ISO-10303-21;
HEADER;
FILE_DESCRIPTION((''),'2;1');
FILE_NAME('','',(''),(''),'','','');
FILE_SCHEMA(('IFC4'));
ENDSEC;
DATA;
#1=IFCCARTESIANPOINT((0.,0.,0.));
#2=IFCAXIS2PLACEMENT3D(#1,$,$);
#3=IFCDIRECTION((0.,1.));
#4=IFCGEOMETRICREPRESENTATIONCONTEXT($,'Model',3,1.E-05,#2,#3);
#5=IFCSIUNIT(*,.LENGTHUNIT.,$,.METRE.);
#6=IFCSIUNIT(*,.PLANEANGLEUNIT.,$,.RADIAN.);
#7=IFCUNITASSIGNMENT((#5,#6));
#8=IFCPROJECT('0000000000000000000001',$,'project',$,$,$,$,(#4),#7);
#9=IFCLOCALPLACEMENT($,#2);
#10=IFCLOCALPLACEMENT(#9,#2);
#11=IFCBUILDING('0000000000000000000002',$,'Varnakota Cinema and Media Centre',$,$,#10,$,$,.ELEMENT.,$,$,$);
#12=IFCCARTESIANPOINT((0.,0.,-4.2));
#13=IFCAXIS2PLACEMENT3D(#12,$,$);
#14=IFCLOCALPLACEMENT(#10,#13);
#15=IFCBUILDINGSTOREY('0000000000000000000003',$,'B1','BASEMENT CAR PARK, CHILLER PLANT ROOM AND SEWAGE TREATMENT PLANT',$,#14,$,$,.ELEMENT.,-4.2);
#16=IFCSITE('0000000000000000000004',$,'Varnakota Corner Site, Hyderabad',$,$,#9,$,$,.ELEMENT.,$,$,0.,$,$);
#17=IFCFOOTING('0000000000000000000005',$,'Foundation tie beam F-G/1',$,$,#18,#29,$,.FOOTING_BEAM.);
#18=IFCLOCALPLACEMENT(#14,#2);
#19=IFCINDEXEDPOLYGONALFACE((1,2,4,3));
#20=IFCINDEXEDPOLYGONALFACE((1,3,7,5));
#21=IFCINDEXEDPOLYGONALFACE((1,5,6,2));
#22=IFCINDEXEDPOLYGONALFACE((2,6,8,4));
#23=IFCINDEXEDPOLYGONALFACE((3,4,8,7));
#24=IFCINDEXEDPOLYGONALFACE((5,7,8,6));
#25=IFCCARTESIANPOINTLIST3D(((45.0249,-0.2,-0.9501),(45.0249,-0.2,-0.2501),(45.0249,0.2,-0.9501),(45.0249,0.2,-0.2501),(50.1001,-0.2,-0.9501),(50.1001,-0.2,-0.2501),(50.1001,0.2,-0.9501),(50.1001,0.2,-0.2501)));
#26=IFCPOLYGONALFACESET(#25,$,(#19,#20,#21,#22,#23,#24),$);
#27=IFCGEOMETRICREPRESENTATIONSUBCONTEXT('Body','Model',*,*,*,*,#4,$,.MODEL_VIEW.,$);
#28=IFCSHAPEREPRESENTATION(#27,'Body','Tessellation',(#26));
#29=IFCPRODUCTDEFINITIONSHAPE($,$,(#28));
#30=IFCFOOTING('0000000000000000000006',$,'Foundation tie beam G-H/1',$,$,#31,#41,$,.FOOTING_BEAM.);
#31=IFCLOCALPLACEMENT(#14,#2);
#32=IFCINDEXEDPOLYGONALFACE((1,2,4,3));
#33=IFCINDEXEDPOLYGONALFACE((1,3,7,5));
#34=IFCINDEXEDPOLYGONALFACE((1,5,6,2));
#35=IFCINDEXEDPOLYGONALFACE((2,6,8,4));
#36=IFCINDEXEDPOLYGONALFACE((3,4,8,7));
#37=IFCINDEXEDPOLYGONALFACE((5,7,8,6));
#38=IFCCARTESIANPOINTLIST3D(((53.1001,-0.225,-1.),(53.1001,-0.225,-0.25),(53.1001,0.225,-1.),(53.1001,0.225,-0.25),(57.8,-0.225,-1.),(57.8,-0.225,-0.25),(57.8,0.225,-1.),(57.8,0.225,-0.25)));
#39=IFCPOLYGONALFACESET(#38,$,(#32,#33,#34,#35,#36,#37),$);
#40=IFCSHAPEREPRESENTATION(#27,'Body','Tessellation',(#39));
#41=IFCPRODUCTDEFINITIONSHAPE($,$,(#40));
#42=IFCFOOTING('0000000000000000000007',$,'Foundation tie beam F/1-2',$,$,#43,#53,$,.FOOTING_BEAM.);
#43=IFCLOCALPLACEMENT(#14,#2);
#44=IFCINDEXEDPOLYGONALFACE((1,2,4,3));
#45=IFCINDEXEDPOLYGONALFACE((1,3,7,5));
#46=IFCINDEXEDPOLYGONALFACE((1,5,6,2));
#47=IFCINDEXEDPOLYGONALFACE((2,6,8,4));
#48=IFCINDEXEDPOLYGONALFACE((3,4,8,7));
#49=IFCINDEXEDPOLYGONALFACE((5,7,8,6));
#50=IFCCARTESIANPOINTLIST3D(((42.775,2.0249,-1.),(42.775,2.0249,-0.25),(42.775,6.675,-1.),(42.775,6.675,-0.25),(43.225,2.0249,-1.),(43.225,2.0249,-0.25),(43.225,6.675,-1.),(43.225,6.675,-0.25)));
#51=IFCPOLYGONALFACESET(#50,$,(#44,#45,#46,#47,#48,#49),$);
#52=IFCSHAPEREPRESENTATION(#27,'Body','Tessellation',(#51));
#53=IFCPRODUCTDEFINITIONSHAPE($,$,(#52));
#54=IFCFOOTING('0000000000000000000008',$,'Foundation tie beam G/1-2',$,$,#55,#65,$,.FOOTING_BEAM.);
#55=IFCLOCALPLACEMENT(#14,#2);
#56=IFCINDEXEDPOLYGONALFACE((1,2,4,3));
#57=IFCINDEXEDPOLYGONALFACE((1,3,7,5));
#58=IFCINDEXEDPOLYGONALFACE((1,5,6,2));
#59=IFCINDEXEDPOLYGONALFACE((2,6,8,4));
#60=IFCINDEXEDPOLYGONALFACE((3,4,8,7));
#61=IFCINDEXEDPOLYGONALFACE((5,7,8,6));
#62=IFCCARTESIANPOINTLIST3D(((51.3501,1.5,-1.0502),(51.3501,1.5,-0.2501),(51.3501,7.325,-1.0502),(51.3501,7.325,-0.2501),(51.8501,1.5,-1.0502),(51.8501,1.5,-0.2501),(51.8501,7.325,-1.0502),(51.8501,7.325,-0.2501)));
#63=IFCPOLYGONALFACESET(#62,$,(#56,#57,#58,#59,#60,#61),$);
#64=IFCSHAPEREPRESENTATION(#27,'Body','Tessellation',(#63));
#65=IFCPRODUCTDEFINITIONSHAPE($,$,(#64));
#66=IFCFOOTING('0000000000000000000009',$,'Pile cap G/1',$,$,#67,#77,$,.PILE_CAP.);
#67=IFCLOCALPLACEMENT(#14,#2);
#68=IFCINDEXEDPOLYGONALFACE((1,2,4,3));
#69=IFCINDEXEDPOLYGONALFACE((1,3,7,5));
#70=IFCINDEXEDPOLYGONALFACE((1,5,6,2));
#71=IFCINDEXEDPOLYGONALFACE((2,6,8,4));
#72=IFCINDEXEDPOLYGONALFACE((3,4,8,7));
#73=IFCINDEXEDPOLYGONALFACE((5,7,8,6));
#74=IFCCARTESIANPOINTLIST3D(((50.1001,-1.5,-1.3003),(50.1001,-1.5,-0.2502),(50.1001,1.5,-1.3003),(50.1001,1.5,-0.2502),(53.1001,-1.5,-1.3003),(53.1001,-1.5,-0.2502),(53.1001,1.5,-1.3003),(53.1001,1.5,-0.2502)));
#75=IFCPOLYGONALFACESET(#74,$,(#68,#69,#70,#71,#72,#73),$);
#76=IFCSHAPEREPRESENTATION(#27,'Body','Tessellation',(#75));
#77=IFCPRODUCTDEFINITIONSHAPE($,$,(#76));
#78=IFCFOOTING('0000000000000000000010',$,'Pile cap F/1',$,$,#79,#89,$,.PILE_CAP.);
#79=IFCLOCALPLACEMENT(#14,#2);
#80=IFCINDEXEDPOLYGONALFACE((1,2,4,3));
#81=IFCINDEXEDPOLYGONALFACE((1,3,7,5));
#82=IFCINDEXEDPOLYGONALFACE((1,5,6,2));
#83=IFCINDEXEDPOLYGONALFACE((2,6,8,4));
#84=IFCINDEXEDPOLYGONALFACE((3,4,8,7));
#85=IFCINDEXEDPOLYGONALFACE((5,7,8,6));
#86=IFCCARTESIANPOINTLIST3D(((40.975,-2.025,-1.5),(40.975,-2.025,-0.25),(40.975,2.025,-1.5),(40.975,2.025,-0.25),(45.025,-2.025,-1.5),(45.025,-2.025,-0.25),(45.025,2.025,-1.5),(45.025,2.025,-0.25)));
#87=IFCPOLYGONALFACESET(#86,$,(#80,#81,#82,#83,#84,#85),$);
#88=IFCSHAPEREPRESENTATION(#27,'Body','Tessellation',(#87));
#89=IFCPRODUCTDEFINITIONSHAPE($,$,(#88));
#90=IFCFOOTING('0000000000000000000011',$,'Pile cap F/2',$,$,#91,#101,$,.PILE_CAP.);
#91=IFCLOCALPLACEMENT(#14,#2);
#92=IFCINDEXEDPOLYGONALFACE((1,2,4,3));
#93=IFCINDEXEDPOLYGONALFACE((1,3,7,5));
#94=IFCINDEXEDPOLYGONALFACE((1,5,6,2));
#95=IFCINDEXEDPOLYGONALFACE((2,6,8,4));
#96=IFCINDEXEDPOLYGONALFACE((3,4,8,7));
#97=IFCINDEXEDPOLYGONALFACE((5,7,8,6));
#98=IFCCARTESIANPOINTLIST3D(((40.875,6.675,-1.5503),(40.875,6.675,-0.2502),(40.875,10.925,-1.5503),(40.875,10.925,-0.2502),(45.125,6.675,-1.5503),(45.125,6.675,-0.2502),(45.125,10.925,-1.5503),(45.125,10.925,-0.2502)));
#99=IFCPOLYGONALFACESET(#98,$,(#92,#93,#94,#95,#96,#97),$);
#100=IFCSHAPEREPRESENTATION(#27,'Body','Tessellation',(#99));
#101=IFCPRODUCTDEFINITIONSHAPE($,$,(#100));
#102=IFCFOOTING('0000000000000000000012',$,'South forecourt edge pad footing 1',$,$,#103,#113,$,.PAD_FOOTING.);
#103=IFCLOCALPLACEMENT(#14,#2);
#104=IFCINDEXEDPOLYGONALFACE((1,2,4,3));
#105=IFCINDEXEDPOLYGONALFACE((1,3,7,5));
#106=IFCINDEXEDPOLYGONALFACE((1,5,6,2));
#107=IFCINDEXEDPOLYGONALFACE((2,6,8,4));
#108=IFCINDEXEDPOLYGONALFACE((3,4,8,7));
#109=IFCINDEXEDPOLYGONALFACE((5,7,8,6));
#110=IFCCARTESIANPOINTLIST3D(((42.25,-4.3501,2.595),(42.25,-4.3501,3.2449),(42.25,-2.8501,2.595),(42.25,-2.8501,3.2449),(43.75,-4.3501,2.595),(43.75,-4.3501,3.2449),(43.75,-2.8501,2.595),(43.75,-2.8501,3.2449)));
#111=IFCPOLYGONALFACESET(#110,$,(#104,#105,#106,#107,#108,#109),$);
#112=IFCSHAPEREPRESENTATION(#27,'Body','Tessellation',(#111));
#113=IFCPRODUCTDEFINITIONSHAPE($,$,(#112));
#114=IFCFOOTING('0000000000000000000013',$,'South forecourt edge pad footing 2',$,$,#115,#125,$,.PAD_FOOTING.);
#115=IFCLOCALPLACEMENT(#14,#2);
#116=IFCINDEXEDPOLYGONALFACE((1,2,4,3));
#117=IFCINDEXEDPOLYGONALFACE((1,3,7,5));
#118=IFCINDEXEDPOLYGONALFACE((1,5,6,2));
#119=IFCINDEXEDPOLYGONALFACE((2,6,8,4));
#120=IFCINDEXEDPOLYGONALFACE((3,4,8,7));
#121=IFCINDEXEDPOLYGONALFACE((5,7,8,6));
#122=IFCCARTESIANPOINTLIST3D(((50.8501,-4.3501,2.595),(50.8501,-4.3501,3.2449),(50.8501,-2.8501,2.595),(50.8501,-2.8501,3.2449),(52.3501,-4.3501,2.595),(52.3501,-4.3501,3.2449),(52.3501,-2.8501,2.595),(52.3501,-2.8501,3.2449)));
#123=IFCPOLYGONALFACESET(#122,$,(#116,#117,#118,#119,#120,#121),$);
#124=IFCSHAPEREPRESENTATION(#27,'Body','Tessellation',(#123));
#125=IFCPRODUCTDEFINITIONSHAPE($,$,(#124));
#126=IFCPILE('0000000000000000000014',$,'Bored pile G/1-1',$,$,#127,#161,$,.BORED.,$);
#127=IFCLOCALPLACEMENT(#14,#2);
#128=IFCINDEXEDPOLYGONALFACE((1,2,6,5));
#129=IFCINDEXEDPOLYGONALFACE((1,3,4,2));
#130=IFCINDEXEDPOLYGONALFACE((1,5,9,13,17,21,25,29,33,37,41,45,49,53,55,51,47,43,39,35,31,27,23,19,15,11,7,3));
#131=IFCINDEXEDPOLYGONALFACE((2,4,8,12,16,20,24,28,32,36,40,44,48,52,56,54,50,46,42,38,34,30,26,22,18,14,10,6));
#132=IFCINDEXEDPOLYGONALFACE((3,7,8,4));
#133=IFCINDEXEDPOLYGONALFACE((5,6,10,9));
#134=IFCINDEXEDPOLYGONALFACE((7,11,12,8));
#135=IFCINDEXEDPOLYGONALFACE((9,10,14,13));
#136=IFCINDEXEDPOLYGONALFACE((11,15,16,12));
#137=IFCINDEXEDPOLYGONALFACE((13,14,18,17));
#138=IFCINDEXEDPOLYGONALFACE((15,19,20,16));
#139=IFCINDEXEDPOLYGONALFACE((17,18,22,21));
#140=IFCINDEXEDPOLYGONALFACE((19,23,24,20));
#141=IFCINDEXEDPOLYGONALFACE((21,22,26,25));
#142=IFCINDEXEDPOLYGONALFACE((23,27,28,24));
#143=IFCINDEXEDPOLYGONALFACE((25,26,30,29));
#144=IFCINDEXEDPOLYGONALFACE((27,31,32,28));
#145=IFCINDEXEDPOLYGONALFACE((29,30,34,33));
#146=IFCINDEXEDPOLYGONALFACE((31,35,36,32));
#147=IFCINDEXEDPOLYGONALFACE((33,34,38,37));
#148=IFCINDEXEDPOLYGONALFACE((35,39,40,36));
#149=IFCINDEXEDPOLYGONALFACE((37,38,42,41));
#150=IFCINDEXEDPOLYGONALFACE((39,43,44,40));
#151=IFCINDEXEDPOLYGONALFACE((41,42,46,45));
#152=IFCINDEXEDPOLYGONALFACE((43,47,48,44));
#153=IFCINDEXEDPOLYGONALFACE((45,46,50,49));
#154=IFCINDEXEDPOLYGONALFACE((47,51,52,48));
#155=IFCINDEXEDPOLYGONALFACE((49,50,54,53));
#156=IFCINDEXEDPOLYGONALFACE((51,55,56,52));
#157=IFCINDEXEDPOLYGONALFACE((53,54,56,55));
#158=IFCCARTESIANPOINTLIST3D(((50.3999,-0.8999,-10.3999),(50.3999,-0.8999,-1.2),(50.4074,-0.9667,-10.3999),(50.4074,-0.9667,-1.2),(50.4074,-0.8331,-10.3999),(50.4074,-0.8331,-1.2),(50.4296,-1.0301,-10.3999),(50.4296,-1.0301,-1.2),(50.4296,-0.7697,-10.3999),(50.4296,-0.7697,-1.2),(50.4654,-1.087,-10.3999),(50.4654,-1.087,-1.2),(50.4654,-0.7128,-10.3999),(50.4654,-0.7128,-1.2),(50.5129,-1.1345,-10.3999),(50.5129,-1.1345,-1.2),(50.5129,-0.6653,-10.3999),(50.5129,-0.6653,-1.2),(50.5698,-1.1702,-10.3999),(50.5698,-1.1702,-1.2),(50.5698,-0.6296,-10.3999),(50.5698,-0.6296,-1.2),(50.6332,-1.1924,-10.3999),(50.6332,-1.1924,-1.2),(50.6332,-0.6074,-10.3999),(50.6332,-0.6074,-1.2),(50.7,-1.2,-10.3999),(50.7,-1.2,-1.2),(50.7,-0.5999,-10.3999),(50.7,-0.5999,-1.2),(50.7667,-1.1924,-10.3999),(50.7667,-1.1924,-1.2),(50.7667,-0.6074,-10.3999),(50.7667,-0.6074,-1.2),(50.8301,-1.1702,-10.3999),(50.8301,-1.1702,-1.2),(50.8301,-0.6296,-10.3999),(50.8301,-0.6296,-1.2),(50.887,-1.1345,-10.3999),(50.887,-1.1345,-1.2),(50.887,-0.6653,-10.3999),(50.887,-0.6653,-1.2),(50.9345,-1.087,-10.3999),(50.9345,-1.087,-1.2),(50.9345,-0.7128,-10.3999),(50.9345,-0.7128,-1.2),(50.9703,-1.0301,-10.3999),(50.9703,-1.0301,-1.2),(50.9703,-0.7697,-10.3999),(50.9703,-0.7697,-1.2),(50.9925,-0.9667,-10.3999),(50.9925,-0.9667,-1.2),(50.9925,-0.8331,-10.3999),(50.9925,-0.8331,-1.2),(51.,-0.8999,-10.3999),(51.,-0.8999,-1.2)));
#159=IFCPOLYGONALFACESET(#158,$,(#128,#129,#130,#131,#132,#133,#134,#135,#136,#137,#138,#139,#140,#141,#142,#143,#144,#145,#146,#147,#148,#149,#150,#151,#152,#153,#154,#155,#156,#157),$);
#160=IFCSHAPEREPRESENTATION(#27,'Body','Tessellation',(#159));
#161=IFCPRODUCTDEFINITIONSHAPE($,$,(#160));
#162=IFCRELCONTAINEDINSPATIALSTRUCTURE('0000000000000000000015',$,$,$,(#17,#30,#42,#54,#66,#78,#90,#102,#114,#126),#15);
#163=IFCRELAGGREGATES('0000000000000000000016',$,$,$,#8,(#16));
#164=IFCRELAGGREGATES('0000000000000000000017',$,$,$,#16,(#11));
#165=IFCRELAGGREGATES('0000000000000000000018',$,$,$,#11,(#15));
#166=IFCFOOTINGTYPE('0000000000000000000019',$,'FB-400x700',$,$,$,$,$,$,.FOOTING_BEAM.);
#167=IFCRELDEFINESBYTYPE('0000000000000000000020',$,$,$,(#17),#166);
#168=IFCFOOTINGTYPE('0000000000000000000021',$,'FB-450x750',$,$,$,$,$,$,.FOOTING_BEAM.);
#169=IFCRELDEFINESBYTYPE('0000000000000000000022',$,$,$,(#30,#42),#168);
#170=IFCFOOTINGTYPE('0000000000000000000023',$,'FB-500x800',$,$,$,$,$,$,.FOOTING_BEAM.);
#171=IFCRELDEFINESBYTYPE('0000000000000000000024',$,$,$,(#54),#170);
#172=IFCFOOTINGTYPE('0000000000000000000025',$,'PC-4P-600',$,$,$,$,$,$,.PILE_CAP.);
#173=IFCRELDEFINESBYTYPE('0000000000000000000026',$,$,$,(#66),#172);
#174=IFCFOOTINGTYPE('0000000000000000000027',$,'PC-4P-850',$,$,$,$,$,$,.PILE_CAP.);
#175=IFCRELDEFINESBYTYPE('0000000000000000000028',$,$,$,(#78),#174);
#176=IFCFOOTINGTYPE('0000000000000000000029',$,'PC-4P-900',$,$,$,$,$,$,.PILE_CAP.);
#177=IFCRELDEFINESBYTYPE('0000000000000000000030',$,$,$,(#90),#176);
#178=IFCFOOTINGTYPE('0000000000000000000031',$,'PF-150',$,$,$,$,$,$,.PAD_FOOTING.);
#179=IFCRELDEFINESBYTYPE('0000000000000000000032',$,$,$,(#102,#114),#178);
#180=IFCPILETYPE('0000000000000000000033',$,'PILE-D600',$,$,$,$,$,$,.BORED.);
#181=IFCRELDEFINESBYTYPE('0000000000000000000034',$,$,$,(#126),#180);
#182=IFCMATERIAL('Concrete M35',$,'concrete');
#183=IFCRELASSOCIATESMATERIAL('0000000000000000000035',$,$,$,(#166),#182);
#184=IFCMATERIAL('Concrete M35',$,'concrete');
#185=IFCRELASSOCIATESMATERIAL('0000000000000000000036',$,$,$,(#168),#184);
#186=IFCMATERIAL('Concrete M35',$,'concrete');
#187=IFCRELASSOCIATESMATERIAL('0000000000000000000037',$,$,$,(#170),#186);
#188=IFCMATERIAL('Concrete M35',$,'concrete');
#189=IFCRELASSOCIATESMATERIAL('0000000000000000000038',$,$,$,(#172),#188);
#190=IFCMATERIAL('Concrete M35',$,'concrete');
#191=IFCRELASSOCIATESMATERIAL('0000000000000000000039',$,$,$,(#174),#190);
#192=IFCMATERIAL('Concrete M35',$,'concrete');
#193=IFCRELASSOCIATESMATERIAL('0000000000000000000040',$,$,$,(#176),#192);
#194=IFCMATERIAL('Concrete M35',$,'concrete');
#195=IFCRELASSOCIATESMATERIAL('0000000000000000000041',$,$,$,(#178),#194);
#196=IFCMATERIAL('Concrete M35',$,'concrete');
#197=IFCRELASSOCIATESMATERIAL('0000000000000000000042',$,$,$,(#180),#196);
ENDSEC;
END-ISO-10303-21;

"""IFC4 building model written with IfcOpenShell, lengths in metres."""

from ifc_helpers import new_model, si_unit, direction, frame, origin, origin_2d, place, context, subcontext, project, spatial, rectangle, circle, extrude, material, material_profile, profile_set, type_object, element, save


model = new_model("IFC4")

# Units and contexts
model_context = context("Model", 3, precision=1e-05, world=origin(), true_north=direction((0.0, 1.0)))
body_context = subcontext(model_context, "Body", "Model", "MODEL_VIEW")
ifc_project = project(units=[si_unit("LENGTHUNIT", "METRE"), si_unit("PLANEANGLEUNIT", "RADIAN")], contexts=[model_context])

# Site, building, storey
site_placement = place(None, origin())
site = spatial("IfcSite", under=ifc_project, at=site_placement, Name="Varnakota Corner Site, Hyderabad", CompositionType="ELEMENT", RefElevation=0.0)
building_placement = place(site_placement, origin())
building = spatial("IfcBuilding", under=site, at=building_placement, Name="Varnakota Cinema and Media Centre", CompositionType="ELEMENT")
storey_placement = place(building_placement, frame((0.0, 0.0, -4.2)))
storey = spatial("IfcBuildingStorey", under=building, at=storey_placement, Name="B1", Description="BASEMENT CAR PARK, CHILLER PLANT ROOM AND SEWAGE TREATMENT PLANT", CompositionType="ELEMENT", Elevation=-4.2)

# Footings
ifc_material_1 = material(Name="Concrete M35", Category="concrete")
ifc_material_profile_1 = material_profile(ifc_material_1, rectangle(XDim=0.3999, YDim=0.7, at=origin_2d()), Name="FB 400x700")
ifc_profile_set_1 = profile_set([ifc_material_profile_1], Name="Concrete M35")
footing_type_1 = type_object("IfcFootingType", Name="FB-400x700", PredefinedType="FOOTING_BEAM", material=ifc_profile_set_1)
footing_1_placement = place(storey_placement, frame((45.0249, 0.0, -0.6001), z_axis=(1.0, 0.0, 0.0), x_axis=(0.0, 1.0, 0.0)))
element("IfcFooting", 1, at=footing_1_placement, inside=storey, type_object=footing_type_1, Name="Foundation tie beam F-G/1", PredefinedType="FOOTING_BEAM", context=body_context, shape_type="SweptSolid", body=[
    extrude(rectangle(XDim=0.3999, YDim=0.7, at=origin_2d()), origin(), (0.0, 0.0, 1.0), 5.0752),
])
ifc_material_2 = material(Name="Concrete M35", Category="concrete")
ifc_material_profile_2 = material_profile(ifc_material_2, rectangle(XDim=0.45, YDim=0.75, at=origin_2d()), Name="FB 450x750")
ifc_profile_set_2 = profile_set([ifc_material_profile_2], Name="Concrete M35")
footing_type_2 = type_object("IfcFootingType", Name="FB-450x750", PredefinedType="FOOTING_BEAM", material=ifc_profile_set_2)
footing_2_placement = place(storey_placement, frame((53.1001, 0.0, -0.625), z_axis=(1.0, 0.0, 0.0), x_axis=(0.0, 1.0, 0.0)))
element("IfcFooting", 2, at=footing_2_placement, inside=storey, type_object=footing_type_2, Name="Foundation tie beam G-H/1", PredefinedType="FOOTING_BEAM", context=body_context, shape_type="SweptSolid", body=[
    extrude(rectangle(XDim=0.45, YDim=0.75, at=origin_2d()), origin(), (0.0, 0.0, 1.0), 4.7),
])
footing_3_placement = place(storey_placement, frame((43.0, 2.0249, -0.625), z_axis=(0.0, 1.0, 0.0), x_axis=(-1.0, 0.0, 0.0)))
element("IfcFooting", 3, at=footing_3_placement, inside=storey, type_object=footing_type_2, Name="Foundation tie beam F/1-2", PredefinedType="FOOTING_BEAM", context=body_context, shape_type="SweptSolid", body=[
    extrude(rectangle(XDim=0.45, YDim=0.75, at=origin_2d()), origin(), (0.0, 0.0, 1.0), 4.6501),
])
ifc_material_3 = material(Name="Concrete M35", Category="concrete")
ifc_material_profile_3 = material_profile(ifc_material_3, rectangle(XDim=0.5, YDim=0.8, at=origin_2d()), Name="FB 500x800")
ifc_profile_set_3 = profile_set([ifc_material_profile_3], Name="Concrete M35")
footing_type_3 = type_object("IfcFootingType", Name="FB-500x800", PredefinedType="FOOTING_BEAM", material=ifc_profile_set_3)
footing_4_placement = place(storey_placement, frame((51.6001, 1.5, -0.6501), z_axis=(0.0, 1.0, 0.0), x_axis=(-1.0, 0.0, 0.0)))
element("IfcFooting", 4, at=footing_4_placement, inside=storey, type_object=footing_type_3, Name="Foundation tie beam G/1-2", PredefinedType="FOOTING_BEAM", context=body_context, shape_type="SweptSolid", body=[
    extrude(rectangle(XDim=0.5, YDim=0.8, at=origin_2d()), origin(), (0.0, 0.0, 1.0), 5.825),
])
ifc_material_4 = material(Name="Concrete M35", Category="concrete")
footing_type_4 = type_object("IfcFootingType", Name="PC-4P-600", PredefinedType="PILE_CAP", material=ifc_material_4)
footing_5_placement = place(storey_placement, frame((51.6001, 0.0, -1.3003), z_axis=(0.0, 0.0, 1.0), x_axis=(1.0, 0.0, 0.0)))
element("IfcFooting", 5, at=footing_5_placement, inside=storey, type_object=footing_type_4, Name="Pile cap G/1", PredefinedType="PILE_CAP", context=body_context, shape_type="SweptSolid", body=[
    extrude(rectangle(XDim=3.0, YDim=3.0, at=origin_2d()), origin(), (0.0, 0.0, 1.0), 1.05),
])
ifc_material_5 = material(Name="Concrete M35", Category="concrete")
footing_type_5 = type_object("IfcFootingType", Name="PC-4P-850", PredefinedType="PILE_CAP", material=ifc_material_5)
footing_6_placement = place(storey_placement, frame((43.0, 0.0, -1.5), z_axis=(0.0, 0.0, 1.0), x_axis=(1.0, 0.0, 0.0)))
element("IfcFooting", 6, at=footing_6_placement, inside=storey, type_object=footing_type_5, Name="Pile cap F/1", PredefinedType="PILE_CAP", context=body_context, shape_type="SweptSolid", body=[
    extrude(rectangle(XDim=4.05, YDim=4.05, at=origin_2d()), origin(), (0.0, 0.0, 1.0), 1.25),
])
ifc_material_6 = material(Name="Concrete M35", Category="concrete")
footing_type_6 = type_object("IfcFootingType", Name="PC-4P-900", PredefinedType="PILE_CAP", material=ifc_material_6)
footing_7_placement = place(storey_placement, frame((43.0, 8.8, -1.5503), z_axis=(0.0, 0.0, 1.0), x_axis=(1.0, 0.0, 0.0)))
element("IfcFooting", 7, at=footing_7_placement, inside=storey, type_object=footing_type_6, Name="Pile cap F/2", PredefinedType="PILE_CAP", context=body_context, shape_type="SweptSolid", body=[
    extrude(rectangle(XDim=4.25, YDim=4.25, at=origin_2d()), origin(), (0.0, 0.0, 1.0), 1.3),
])
ifc_material_7 = material(Name="Concrete M35", Category="concrete")
footing_type_7 = type_object("IfcFootingType", Name="PF-150", PredefinedType="PAD_FOOTING", material=ifc_material_7)
for number, where, z_axis, x_axis, name in (
    (8, (43.0, -3.6001, 2.595), (0.0, 0.0, 1.0), (1.0, 0.0, 0.0), "South forecourt edge pad footing 1"),
    (9, (51.6001, -3.6001, 2.595), (0.0, 0.0, 1.0), (1.0, 0.0, 0.0), "South forecourt edge pad footing 2"),
):
    element("IfcFooting", number, at=place(storey_placement, frame(where, z_axis=z_axis, x_axis=x_axis)), inside=storey, type_object=footing_type_7, Name=name, PredefinedType="PAD_FOOTING", context=body_context, shape_type="SweptSolid", body=[
        extrude(rectangle(XDim=1.5, YDim=1.5, at=origin_2d()), origin(), (0.0, 0.0, 1.0), 0.6499),
    ])

# Pile
ifc_material_8 = material(Name="Concrete M35", Category="concrete")
ifc_material_profile_4 = material_profile(ifc_material_8, circle(Radius=0.3, at=origin_2d()), Name="PILE D600")
ifc_profile_set_4 = profile_set([ifc_material_profile_4], Name="Concrete M35")
pile_type_1 = type_object("IfcPileType", Name="PILE-D600", PredefinedType="BORED", material=ifc_profile_set_4)
for number, where, z_axis, x_axis, name in (
    (10, (50.7, -0.8999, -1.2), (0.0, 0.0, -1.0), (1.0, 0.0, 0.0), "Bored pile G/1-1"),
):
    element("IfcPile", number, at=place(storey_placement, frame(where, z_axis=z_axis, x_axis=x_axis)), inside=storey, type_object=pile_type_1, Name=name, PredefinedType="BORED", context=body_context, shape_type="SweptSolid", body=[
        extrude(circle(Radius=0.3, at=origin_2d()), origin(), (0.0, 0.0, 1.0), 9.2),
    ])

save(model, "model.ifc")
